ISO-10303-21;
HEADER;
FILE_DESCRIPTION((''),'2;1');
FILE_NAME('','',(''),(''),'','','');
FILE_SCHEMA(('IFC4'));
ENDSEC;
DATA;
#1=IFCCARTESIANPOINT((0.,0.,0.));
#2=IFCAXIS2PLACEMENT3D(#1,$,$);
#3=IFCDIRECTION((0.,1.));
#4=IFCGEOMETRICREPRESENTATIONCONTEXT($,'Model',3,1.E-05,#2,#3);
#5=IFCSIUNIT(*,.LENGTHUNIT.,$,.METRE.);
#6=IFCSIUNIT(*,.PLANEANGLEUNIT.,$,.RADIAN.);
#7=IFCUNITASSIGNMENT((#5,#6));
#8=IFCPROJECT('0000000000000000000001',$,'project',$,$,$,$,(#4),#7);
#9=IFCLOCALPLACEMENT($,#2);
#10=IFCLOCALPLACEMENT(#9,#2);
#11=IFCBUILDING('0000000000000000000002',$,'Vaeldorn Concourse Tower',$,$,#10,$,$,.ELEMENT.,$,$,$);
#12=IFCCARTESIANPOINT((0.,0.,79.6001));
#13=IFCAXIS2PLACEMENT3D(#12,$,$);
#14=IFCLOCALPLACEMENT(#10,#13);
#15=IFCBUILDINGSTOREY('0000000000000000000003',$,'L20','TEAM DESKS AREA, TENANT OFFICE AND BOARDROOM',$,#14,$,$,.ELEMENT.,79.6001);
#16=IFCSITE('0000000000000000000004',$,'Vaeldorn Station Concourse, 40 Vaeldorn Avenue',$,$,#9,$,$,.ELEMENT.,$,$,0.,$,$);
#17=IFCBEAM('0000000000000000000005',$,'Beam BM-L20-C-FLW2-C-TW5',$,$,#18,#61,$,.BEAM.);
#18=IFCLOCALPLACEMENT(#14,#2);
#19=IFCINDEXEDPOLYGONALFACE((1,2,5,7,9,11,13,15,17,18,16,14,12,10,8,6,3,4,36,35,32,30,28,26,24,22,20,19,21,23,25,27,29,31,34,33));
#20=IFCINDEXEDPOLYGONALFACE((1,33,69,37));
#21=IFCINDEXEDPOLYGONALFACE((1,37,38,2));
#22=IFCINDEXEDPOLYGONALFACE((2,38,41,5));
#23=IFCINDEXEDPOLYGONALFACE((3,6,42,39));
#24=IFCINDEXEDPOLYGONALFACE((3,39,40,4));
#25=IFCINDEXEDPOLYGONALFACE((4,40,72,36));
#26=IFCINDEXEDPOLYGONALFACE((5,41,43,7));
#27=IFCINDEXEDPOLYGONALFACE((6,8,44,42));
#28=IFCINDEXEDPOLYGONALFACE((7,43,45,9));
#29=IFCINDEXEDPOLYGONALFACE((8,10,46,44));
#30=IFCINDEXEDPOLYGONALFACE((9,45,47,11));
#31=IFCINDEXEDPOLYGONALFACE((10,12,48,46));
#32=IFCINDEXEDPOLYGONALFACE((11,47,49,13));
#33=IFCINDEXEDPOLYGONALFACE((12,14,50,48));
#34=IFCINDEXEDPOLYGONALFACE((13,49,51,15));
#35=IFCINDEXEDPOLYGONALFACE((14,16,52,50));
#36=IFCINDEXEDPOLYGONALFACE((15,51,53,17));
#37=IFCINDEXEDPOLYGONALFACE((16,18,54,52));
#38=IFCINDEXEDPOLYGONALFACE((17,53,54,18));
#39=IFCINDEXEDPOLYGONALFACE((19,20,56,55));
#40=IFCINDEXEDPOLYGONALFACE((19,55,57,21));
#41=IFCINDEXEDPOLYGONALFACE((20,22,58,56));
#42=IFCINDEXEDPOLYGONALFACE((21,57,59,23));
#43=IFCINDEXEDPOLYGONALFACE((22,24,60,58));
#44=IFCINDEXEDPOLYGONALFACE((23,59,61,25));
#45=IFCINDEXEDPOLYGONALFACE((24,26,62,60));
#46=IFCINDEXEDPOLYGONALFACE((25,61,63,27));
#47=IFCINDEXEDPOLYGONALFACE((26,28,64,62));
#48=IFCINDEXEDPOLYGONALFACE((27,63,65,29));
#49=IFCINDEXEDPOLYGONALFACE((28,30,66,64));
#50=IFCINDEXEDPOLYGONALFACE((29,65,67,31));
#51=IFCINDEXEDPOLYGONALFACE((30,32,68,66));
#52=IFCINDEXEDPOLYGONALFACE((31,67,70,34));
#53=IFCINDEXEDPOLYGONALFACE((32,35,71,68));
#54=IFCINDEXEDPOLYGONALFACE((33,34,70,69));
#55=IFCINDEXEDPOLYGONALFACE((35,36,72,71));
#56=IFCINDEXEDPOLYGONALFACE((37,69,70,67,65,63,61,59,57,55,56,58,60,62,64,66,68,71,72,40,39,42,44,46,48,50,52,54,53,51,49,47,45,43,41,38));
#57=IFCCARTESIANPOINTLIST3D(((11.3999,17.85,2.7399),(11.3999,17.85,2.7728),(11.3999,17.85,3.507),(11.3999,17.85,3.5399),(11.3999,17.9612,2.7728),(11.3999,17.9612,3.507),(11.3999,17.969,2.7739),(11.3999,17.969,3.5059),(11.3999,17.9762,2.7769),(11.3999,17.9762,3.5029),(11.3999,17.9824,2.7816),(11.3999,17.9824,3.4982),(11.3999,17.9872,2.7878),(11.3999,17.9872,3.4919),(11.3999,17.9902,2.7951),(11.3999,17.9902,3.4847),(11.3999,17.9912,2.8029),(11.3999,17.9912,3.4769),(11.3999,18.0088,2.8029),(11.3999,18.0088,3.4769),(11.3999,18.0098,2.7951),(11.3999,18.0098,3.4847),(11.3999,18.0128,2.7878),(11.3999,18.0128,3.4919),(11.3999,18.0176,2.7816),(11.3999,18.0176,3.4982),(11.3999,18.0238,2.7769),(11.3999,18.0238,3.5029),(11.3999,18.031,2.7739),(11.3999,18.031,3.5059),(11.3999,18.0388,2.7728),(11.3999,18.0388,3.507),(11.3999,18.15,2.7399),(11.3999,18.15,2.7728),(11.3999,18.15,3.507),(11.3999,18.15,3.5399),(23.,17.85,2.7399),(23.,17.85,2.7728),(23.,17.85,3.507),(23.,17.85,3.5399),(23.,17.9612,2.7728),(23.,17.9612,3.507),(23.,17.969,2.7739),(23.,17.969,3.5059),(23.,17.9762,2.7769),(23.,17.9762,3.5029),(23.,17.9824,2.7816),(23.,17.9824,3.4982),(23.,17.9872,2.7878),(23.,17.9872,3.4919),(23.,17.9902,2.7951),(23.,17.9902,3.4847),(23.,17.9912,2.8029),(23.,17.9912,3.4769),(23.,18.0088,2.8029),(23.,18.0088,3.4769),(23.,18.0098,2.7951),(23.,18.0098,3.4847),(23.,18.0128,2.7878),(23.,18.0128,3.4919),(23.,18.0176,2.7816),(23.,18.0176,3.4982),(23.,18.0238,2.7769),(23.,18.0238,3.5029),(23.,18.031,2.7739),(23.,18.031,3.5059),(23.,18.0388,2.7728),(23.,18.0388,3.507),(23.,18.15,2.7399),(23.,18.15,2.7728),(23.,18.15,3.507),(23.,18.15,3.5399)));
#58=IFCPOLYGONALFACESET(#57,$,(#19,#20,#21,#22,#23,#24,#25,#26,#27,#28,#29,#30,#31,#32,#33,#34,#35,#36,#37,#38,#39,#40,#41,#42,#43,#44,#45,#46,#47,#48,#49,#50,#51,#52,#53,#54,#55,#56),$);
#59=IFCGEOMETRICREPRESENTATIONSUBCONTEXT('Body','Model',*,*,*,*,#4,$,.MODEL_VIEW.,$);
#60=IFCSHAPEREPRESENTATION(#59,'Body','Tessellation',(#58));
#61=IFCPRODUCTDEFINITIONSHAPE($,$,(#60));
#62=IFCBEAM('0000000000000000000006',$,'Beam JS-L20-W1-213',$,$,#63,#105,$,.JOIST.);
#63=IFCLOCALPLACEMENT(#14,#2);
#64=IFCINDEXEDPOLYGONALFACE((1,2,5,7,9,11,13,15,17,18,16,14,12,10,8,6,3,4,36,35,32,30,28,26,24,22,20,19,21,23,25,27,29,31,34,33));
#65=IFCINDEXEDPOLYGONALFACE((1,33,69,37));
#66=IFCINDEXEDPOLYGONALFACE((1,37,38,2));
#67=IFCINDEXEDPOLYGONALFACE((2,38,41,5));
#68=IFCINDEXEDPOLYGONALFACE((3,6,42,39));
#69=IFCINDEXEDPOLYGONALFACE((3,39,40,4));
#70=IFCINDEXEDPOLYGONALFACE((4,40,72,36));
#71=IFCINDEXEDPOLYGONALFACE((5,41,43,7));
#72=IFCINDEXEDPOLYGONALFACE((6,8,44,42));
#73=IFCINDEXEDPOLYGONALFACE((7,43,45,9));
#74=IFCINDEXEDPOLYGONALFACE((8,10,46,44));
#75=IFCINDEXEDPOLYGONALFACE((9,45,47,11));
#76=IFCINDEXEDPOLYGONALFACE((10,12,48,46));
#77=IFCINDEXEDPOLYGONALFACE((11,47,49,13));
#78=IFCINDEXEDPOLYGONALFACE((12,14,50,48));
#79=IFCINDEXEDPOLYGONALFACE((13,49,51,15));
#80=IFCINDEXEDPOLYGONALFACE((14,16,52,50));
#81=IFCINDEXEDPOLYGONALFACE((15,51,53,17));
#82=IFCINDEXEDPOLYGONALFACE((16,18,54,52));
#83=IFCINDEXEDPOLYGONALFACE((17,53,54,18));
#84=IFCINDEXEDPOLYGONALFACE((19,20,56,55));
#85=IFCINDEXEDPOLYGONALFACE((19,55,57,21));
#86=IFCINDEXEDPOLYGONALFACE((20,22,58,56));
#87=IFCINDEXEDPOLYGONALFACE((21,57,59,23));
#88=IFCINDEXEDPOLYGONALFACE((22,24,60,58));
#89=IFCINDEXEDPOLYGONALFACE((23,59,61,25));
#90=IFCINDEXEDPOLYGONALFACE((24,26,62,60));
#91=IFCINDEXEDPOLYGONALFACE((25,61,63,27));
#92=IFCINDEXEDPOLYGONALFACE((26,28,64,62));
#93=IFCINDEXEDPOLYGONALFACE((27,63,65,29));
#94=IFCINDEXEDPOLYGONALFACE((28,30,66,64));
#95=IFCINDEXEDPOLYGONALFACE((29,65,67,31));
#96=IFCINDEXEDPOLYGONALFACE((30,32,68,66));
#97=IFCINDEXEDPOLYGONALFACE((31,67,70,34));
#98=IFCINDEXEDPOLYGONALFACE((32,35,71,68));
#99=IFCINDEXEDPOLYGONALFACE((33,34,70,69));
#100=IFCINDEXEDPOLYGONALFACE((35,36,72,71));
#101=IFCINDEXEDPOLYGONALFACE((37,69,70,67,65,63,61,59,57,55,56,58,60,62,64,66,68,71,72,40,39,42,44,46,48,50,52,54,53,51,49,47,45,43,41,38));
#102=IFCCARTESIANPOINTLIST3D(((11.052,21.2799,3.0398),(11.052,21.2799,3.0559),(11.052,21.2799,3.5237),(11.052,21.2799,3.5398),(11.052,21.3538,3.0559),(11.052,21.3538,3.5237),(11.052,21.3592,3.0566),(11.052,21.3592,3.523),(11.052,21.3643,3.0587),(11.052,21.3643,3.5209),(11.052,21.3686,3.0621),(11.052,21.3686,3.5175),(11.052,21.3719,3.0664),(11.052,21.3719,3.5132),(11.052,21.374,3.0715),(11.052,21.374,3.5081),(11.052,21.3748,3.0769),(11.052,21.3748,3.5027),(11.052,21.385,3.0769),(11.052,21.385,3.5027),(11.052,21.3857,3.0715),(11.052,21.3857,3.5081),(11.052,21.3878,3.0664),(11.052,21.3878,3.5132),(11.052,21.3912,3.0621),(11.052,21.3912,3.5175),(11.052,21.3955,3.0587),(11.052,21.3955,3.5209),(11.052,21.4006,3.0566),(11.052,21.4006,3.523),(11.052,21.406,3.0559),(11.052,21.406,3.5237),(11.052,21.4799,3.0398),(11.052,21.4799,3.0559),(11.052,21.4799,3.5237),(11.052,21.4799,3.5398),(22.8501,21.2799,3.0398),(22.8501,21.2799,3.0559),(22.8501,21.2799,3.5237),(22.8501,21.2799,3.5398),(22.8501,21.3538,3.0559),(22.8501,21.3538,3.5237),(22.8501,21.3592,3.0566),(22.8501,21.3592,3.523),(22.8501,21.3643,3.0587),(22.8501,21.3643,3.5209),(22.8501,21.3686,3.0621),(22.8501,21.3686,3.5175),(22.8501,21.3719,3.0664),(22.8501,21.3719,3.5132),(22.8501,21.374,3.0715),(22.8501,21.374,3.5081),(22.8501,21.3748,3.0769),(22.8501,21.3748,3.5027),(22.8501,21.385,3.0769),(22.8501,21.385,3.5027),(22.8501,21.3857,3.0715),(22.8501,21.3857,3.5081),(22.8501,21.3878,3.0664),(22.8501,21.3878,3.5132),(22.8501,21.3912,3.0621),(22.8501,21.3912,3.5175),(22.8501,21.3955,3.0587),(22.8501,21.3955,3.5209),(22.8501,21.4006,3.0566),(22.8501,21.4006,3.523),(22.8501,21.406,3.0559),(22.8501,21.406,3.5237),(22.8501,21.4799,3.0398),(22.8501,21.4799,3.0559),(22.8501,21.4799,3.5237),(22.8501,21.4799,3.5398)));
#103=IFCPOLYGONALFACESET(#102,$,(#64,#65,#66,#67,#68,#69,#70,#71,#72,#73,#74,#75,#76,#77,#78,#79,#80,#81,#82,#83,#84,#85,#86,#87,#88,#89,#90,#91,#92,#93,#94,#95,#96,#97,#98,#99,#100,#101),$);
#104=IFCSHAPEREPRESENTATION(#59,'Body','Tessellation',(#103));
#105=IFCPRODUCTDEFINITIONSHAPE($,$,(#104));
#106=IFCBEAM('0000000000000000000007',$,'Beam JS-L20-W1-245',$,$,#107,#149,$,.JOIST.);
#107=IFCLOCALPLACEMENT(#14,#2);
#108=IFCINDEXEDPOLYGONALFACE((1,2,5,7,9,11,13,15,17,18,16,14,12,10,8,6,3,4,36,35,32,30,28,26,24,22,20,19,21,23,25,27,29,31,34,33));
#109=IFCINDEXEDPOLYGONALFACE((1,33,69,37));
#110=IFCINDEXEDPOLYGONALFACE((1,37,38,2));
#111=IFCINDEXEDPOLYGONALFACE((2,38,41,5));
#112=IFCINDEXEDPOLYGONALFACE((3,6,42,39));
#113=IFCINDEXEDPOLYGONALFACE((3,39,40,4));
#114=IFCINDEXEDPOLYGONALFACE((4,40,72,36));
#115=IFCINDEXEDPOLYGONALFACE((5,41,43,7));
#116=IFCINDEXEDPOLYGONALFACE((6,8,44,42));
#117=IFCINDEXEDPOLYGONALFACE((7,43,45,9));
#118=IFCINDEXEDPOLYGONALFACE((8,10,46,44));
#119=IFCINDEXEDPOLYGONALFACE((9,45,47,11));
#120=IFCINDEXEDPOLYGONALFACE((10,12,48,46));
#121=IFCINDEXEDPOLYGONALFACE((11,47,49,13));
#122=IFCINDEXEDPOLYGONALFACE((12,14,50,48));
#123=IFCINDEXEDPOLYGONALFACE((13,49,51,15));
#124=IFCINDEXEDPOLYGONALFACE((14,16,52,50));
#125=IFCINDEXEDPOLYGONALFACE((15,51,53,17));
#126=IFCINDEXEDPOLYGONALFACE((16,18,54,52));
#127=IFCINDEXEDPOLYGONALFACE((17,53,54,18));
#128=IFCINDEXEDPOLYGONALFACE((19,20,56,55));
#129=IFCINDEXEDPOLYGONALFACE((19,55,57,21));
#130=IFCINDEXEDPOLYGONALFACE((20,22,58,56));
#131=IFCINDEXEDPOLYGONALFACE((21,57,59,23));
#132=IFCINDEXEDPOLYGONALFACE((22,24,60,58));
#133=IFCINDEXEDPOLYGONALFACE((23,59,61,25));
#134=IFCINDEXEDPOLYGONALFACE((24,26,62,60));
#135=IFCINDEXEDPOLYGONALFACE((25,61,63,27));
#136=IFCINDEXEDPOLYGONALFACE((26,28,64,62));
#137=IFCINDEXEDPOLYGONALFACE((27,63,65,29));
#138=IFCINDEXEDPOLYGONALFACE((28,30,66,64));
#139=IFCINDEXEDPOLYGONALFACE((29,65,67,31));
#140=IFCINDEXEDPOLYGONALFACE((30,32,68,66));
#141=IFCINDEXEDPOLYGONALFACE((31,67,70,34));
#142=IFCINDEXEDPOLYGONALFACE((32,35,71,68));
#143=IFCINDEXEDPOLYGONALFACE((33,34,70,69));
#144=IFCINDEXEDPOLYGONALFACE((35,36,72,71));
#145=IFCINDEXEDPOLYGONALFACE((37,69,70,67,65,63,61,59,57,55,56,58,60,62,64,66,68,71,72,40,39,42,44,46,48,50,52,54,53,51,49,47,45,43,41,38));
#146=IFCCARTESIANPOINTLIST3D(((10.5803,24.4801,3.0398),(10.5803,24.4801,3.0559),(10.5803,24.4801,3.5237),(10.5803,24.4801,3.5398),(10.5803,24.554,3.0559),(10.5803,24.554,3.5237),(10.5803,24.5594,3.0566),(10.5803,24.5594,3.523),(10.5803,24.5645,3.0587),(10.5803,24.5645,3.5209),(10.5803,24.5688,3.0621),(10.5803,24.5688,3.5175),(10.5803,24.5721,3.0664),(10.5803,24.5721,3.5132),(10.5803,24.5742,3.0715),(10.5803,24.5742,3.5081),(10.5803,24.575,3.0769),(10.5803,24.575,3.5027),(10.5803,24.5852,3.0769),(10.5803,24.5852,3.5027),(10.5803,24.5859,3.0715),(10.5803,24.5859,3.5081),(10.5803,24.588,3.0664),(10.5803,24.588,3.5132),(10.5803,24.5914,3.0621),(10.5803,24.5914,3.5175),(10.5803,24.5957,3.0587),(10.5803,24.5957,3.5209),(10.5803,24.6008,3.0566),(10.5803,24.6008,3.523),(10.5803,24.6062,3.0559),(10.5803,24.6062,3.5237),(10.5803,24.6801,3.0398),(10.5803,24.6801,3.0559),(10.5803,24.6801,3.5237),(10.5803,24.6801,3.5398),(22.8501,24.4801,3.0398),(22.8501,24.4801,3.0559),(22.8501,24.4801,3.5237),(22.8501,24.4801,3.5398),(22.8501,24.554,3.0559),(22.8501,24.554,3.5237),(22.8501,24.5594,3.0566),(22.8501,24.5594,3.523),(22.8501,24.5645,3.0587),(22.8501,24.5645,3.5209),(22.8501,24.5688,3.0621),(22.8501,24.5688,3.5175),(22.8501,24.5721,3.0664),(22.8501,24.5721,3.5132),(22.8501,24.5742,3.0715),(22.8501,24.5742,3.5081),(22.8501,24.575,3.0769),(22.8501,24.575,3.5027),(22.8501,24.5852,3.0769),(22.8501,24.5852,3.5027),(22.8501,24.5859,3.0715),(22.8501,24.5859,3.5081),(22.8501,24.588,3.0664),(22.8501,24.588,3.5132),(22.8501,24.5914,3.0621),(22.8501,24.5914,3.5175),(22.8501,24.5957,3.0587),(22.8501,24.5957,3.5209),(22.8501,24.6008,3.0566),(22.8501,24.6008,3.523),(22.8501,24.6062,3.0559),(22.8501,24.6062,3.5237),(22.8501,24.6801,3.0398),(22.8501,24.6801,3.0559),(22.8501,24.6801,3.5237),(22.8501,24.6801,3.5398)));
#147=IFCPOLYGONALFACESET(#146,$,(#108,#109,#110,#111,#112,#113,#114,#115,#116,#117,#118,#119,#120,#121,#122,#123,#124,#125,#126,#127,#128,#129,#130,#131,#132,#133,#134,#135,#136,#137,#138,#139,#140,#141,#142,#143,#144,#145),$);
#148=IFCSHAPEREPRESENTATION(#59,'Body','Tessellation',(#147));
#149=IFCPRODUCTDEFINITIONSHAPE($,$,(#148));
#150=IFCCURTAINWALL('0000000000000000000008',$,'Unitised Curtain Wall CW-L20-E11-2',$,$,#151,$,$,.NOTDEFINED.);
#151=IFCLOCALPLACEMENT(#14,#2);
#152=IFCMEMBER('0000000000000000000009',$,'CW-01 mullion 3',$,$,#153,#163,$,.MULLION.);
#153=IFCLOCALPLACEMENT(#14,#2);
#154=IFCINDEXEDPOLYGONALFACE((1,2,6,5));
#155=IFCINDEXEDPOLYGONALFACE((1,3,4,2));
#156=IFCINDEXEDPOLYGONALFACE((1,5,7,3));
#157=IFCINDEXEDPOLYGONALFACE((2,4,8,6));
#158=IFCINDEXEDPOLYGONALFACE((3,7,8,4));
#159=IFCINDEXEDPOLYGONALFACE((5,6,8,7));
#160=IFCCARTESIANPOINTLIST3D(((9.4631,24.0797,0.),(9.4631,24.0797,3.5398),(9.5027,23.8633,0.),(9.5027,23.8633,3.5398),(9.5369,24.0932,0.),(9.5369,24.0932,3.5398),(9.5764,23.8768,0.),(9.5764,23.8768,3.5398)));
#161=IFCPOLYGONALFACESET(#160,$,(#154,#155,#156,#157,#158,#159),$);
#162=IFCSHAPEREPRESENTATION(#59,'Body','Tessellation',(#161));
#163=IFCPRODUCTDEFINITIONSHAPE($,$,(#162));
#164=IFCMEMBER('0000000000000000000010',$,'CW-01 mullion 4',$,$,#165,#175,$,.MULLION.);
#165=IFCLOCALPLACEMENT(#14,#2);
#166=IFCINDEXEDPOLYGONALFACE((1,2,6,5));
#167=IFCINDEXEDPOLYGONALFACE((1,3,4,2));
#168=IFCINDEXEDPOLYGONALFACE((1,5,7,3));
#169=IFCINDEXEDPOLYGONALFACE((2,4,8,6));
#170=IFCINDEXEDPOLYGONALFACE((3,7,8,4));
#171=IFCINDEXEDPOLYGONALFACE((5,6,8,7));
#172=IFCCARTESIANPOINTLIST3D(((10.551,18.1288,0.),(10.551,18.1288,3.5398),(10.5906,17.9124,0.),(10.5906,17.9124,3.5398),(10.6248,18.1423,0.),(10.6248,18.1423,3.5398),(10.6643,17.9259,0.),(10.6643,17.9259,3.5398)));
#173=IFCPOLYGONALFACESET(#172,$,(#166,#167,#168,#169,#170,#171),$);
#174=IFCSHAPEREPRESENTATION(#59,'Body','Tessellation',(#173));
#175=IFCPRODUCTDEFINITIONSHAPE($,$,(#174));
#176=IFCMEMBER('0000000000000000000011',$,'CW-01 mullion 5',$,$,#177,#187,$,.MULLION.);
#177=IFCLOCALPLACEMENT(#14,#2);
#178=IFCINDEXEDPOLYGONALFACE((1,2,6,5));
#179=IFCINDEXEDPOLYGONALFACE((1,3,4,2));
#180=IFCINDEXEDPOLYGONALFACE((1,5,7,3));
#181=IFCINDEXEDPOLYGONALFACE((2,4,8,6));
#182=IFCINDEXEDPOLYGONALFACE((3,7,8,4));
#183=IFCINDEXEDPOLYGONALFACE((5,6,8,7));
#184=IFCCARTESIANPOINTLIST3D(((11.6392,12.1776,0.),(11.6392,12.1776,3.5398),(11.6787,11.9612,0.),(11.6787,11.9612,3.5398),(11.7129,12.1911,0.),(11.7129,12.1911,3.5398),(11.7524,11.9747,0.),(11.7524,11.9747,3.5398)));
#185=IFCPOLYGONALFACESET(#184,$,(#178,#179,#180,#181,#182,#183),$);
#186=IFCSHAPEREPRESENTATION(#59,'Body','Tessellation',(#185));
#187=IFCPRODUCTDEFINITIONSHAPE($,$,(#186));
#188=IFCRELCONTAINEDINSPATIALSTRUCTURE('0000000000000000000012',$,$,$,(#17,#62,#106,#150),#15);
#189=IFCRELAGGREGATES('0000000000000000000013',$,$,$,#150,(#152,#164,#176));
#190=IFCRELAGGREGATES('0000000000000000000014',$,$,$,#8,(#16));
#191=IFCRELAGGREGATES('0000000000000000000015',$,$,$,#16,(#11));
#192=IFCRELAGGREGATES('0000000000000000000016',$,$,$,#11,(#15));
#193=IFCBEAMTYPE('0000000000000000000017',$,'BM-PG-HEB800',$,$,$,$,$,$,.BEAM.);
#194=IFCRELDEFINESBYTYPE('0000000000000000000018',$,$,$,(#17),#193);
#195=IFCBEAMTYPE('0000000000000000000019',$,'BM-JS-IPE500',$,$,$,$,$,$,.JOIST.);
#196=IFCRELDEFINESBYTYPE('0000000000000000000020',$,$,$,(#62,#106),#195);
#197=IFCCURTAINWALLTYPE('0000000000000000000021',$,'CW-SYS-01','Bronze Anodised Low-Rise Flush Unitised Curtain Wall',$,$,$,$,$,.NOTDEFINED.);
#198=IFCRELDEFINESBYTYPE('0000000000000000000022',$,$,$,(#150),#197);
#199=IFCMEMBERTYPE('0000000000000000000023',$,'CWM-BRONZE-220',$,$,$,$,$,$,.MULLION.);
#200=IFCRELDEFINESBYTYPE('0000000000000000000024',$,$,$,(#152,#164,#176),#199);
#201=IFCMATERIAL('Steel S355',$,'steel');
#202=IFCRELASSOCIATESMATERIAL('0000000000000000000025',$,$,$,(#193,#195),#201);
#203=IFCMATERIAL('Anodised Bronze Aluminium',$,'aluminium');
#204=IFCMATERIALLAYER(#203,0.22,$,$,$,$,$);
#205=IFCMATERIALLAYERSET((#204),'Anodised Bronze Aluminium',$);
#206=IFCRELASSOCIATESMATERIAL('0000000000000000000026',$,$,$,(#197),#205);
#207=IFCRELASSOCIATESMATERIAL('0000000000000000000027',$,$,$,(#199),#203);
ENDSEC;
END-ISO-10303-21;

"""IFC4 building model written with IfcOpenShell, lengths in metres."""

from ifc_helpers import new_model, si_unit, direction, frame, origin, origin_2d, place, context, subcontext, project, spatial, rectangle, i_section, extrude, source, transform, mapped, material, layer, layer_set, material_profile, profile_set, type_object, element, aggregate, save


model = new_model("IFC4")

# Units and contexts
model_context = context("Model", 3, precision=1e-05, world=origin(), true_north=direction((0.0, 1.0)))
body_context = subcontext(model_context, "Body", "Model", "MODEL_VIEW")
ifc_project = project(units=[si_unit("LENGTHUNIT", "METRE"), si_unit("PLANEANGLEUNIT", "RADIAN")], contexts=[model_context])

# Site, building, storey
site_placement = place(None, origin())
site = spatial("IfcSite", under=ifc_project, at=site_placement, Name="Vaeldorn Station Concourse, 40 Vaeldorn Avenue", CompositionType="ELEMENT", RefElevation=0.0)
building_placement = place(site_placement, origin())
building = spatial("IfcBuilding", under=site, at=building_placement, Name="Vaeldorn Concourse Tower", CompositionType="ELEMENT")
storey_placement = place(building_placement, frame((0.0, 0.0, 79.6001)))
storey = spatial("IfcBuildingStorey", under=building, at=storey_placement, Name="L20", Description="TEAM DESKS AREA, TENANT OFFICE AND BOARDROOM", CompositionType="ELEMENT", Elevation=79.6001)

# Beams
ifc_material_1 = material(Name="Steel S355", Category="steel")
ifc_material_profile_1 = material_profile(ifc_material_1, i_section(OverallWidth=0.3, OverallDepth=0.8, WebThickness=0.0176, FlangeThickness=0.033, FilletRadius=0.03, at=origin_2d()), Name="HEB 800")
ifc_profile_set_1 = profile_set([ifc_material_profile_1], Name="Steel S355")
beam_type_1 = type_object("IfcBeamType", Name="BM-PG-HEB800", PredefinedType="BEAM", material=ifc_profile_set_1)
shared_shape_1 = source(origin(), body_context, "Body", "SweptSolid", [
    extrude(i_section(OverallWidth=0.3, OverallDepth=0.8, WebThickness=0.0176, FlangeThickness=0.033, FilletRadius=0.03, at=origin_2d()), origin(), (0.0, 0.0, 1.0), 11.6001),
])
beam_1_placement = place(storey_placement, frame((11.3999, 18.0, 3.1399), z_axis=(1.0, 0.0, 0.0), x_axis=(0.0, 1.0, 0.0)))
element("IfcBeam", 1, at=beam_1_placement, inside=storey, type_object=beam_type_1, Name="Beam BM-L20-C-FLW2-C-TW5", PredefinedType="BEAM", context=body_context, shape_type="MappedRepresentation", body=[
    mapped(shared_shape_1, transform((0.0, 0.0, 0.0), scale=1.0)),
])
ifc_material_profile_2 = material_profile(ifc_material_1, i_section(OverallWidth=0.2, OverallDepth=0.5, WebThickness=0.0103, FlangeThickness=0.0161, FilletRadius=0.021, at=origin_2d()), Name="IPE 500")
ifc_profile_set_2 = profile_set([ifc_material_profile_2], Name="Steel S355")
beam_type_2 = type_object("IfcBeamType", Name="BM-JS-IPE500", PredefinedType="JOIST", material=ifc_profile_set_2)
shared_shape_2 = source(origin(), body_context, "Body", "SweptSolid", [
    extrude(i_section(OverallWidth=0.2, OverallDepth=0.5, WebThickness=0.0103, FlangeThickness=0.0161, FilletRadius=0.021, at=origin_2d()), origin(), (0.0, 0.0, 1.0), 11.7981),
])
beam_2_placement = place(storey_placement, frame((11.052, 21.3799, 3.2898), z_axis=(1.0, 0.0, 0.0), x_axis=(0.0, 1.0, 0.0)))
element("IfcBeam", 2, at=beam_2_placement, inside=storey, type_object=beam_type_2, Name="Beam JS-L20-W1-213", PredefinedType="JOIST", context=body_context, shape_type="MappedRepresentation", body=[
    mapped(shared_shape_2, transform((0.0, 0.0, 0.0), scale=1.0)),
])
shared_shape_3 = source(origin(), body_context, "Body", "SweptSolid", [
    extrude(i_section(OverallWidth=0.2, OverallDepth=0.5, WebThickness=0.0103, FlangeThickness=0.0161, FilletRadius=0.021, at=origin_2d()), origin(), (0.0, 0.0, 1.0), 12.2698),
])
beam_3_placement = place(storey_placement, frame((10.5803, 24.5801, 3.2898), z_axis=(1.0, 0.0, 0.0), x_axis=(0.0, 1.0, 0.0)))
element("IfcBeam", 3, at=beam_3_placement, inside=storey, type_object=beam_type_2, Name="Beam JS-L20-W1-245", PredefinedType="JOIST", context=body_context, shape_type="MappedRepresentation", body=[
    mapped(shared_shape_3, transform((0.0, 0.0, 0.0), scale=1.0)),
])

# Curtain wall, members
ifc_material_2 = material(Name="Anodised Bronze Aluminium", Category="aluminium")
ifc_layer_1 = layer(ifc_material_2, 0.22)
ifc_layer_set_1 = layer_set([ifc_layer_1], Name="Anodised Bronze Aluminium")
curtain_wall_type = type_object("IfcCurtainWallType", Name="CW-SYS-01", Description="Bronze Anodised Low-Rise Flush Unitised Curtain Wall", PredefinedType="NOTDEFINED", material=ifc_layer_set_1)
curtain_wall_placement = place(storey_placement, origin())
curtain_wall = element("IfcCurtainWall", 4, at=curtain_wall_placement, inside=storey, type_object=curtain_wall_type, Name="Unitised Curtain Wall CW-L20-E11-2", PredefinedType="NOTDEFINED")
ifc_material_profile_3 = material_profile(ifc_material_2, rectangle(XDim=0.075, YDim=0.22, at=origin_2d()), Name="CWM 75x220")
ifc_profile_set_3 = profile_set([ifc_material_profile_3], Name="Anodised Bronze Aluminium")
member_type_1 = type_object("IfcMemberType", Name="CWM-BRONZE-220", PredefinedType="MULLION", material=ifc_profile_set_3)
shared_shape_4 = source(origin(), body_context, "Body", "SweptSolid", [
    extrude(rectangle(XDim=0.075, YDim=0.22, at=origin_2d()), origin(), (0.0, 0.0, 1.0), 3.5398),
])
member_1_placement = place(storey_placement, frame((9.5198, 23.9783, 0.0), z_axis=(0.0, 0.0, 1.0), x_axis=(0.983695, 0.179847, 0.0)))
member_1 = element("IfcMember", 5, at=member_1_placement, type_object=member_type_1, Name="CW-01 mullion 3", PredefinedType="MULLION", context=body_context, shape_type="MappedRepresentation", body=[
    mapped(shared_shape_4, transform((0.0, 0.0, 0.0), scale=1.0)),
])
member_2_placement = place(storey_placement, frame((10.6077, 18.0273, 0.0), z_axis=(0.0, 0.0, 1.0), x_axis=(0.983695, 0.179847, 0.0)))
member_2 = element("IfcMember", 6, at=member_2_placement, type_object=member_type_1, Name="CW-01 mullion 4", PredefinedType="MULLION", context=body_context, shape_type="MappedRepresentation", body=[
    mapped(shared_shape_4, transform((0.0, 0.0, 0.0), scale=1.0)),
])
member_3_placement = place(storey_placement, frame((11.6958, 12.0762, 0.0), z_axis=(0.0, 0.0, 1.0), x_axis=(0.983695, 0.179847, 0.0)))
member_3 = element("IfcMember", 7, at=member_3_placement, type_object=member_type_1, Name="CW-01 mullion 5", PredefinedType="MULLION", context=body_context, shape_type="MappedRepresentation", body=[
    mapped(shared_shape_4, transform((0.0, 0.0, 0.0), scale=1.0)),
])
aggregate(curtain_wall, [member_1, member_2, member_3])

save(model, "model.ifc")
